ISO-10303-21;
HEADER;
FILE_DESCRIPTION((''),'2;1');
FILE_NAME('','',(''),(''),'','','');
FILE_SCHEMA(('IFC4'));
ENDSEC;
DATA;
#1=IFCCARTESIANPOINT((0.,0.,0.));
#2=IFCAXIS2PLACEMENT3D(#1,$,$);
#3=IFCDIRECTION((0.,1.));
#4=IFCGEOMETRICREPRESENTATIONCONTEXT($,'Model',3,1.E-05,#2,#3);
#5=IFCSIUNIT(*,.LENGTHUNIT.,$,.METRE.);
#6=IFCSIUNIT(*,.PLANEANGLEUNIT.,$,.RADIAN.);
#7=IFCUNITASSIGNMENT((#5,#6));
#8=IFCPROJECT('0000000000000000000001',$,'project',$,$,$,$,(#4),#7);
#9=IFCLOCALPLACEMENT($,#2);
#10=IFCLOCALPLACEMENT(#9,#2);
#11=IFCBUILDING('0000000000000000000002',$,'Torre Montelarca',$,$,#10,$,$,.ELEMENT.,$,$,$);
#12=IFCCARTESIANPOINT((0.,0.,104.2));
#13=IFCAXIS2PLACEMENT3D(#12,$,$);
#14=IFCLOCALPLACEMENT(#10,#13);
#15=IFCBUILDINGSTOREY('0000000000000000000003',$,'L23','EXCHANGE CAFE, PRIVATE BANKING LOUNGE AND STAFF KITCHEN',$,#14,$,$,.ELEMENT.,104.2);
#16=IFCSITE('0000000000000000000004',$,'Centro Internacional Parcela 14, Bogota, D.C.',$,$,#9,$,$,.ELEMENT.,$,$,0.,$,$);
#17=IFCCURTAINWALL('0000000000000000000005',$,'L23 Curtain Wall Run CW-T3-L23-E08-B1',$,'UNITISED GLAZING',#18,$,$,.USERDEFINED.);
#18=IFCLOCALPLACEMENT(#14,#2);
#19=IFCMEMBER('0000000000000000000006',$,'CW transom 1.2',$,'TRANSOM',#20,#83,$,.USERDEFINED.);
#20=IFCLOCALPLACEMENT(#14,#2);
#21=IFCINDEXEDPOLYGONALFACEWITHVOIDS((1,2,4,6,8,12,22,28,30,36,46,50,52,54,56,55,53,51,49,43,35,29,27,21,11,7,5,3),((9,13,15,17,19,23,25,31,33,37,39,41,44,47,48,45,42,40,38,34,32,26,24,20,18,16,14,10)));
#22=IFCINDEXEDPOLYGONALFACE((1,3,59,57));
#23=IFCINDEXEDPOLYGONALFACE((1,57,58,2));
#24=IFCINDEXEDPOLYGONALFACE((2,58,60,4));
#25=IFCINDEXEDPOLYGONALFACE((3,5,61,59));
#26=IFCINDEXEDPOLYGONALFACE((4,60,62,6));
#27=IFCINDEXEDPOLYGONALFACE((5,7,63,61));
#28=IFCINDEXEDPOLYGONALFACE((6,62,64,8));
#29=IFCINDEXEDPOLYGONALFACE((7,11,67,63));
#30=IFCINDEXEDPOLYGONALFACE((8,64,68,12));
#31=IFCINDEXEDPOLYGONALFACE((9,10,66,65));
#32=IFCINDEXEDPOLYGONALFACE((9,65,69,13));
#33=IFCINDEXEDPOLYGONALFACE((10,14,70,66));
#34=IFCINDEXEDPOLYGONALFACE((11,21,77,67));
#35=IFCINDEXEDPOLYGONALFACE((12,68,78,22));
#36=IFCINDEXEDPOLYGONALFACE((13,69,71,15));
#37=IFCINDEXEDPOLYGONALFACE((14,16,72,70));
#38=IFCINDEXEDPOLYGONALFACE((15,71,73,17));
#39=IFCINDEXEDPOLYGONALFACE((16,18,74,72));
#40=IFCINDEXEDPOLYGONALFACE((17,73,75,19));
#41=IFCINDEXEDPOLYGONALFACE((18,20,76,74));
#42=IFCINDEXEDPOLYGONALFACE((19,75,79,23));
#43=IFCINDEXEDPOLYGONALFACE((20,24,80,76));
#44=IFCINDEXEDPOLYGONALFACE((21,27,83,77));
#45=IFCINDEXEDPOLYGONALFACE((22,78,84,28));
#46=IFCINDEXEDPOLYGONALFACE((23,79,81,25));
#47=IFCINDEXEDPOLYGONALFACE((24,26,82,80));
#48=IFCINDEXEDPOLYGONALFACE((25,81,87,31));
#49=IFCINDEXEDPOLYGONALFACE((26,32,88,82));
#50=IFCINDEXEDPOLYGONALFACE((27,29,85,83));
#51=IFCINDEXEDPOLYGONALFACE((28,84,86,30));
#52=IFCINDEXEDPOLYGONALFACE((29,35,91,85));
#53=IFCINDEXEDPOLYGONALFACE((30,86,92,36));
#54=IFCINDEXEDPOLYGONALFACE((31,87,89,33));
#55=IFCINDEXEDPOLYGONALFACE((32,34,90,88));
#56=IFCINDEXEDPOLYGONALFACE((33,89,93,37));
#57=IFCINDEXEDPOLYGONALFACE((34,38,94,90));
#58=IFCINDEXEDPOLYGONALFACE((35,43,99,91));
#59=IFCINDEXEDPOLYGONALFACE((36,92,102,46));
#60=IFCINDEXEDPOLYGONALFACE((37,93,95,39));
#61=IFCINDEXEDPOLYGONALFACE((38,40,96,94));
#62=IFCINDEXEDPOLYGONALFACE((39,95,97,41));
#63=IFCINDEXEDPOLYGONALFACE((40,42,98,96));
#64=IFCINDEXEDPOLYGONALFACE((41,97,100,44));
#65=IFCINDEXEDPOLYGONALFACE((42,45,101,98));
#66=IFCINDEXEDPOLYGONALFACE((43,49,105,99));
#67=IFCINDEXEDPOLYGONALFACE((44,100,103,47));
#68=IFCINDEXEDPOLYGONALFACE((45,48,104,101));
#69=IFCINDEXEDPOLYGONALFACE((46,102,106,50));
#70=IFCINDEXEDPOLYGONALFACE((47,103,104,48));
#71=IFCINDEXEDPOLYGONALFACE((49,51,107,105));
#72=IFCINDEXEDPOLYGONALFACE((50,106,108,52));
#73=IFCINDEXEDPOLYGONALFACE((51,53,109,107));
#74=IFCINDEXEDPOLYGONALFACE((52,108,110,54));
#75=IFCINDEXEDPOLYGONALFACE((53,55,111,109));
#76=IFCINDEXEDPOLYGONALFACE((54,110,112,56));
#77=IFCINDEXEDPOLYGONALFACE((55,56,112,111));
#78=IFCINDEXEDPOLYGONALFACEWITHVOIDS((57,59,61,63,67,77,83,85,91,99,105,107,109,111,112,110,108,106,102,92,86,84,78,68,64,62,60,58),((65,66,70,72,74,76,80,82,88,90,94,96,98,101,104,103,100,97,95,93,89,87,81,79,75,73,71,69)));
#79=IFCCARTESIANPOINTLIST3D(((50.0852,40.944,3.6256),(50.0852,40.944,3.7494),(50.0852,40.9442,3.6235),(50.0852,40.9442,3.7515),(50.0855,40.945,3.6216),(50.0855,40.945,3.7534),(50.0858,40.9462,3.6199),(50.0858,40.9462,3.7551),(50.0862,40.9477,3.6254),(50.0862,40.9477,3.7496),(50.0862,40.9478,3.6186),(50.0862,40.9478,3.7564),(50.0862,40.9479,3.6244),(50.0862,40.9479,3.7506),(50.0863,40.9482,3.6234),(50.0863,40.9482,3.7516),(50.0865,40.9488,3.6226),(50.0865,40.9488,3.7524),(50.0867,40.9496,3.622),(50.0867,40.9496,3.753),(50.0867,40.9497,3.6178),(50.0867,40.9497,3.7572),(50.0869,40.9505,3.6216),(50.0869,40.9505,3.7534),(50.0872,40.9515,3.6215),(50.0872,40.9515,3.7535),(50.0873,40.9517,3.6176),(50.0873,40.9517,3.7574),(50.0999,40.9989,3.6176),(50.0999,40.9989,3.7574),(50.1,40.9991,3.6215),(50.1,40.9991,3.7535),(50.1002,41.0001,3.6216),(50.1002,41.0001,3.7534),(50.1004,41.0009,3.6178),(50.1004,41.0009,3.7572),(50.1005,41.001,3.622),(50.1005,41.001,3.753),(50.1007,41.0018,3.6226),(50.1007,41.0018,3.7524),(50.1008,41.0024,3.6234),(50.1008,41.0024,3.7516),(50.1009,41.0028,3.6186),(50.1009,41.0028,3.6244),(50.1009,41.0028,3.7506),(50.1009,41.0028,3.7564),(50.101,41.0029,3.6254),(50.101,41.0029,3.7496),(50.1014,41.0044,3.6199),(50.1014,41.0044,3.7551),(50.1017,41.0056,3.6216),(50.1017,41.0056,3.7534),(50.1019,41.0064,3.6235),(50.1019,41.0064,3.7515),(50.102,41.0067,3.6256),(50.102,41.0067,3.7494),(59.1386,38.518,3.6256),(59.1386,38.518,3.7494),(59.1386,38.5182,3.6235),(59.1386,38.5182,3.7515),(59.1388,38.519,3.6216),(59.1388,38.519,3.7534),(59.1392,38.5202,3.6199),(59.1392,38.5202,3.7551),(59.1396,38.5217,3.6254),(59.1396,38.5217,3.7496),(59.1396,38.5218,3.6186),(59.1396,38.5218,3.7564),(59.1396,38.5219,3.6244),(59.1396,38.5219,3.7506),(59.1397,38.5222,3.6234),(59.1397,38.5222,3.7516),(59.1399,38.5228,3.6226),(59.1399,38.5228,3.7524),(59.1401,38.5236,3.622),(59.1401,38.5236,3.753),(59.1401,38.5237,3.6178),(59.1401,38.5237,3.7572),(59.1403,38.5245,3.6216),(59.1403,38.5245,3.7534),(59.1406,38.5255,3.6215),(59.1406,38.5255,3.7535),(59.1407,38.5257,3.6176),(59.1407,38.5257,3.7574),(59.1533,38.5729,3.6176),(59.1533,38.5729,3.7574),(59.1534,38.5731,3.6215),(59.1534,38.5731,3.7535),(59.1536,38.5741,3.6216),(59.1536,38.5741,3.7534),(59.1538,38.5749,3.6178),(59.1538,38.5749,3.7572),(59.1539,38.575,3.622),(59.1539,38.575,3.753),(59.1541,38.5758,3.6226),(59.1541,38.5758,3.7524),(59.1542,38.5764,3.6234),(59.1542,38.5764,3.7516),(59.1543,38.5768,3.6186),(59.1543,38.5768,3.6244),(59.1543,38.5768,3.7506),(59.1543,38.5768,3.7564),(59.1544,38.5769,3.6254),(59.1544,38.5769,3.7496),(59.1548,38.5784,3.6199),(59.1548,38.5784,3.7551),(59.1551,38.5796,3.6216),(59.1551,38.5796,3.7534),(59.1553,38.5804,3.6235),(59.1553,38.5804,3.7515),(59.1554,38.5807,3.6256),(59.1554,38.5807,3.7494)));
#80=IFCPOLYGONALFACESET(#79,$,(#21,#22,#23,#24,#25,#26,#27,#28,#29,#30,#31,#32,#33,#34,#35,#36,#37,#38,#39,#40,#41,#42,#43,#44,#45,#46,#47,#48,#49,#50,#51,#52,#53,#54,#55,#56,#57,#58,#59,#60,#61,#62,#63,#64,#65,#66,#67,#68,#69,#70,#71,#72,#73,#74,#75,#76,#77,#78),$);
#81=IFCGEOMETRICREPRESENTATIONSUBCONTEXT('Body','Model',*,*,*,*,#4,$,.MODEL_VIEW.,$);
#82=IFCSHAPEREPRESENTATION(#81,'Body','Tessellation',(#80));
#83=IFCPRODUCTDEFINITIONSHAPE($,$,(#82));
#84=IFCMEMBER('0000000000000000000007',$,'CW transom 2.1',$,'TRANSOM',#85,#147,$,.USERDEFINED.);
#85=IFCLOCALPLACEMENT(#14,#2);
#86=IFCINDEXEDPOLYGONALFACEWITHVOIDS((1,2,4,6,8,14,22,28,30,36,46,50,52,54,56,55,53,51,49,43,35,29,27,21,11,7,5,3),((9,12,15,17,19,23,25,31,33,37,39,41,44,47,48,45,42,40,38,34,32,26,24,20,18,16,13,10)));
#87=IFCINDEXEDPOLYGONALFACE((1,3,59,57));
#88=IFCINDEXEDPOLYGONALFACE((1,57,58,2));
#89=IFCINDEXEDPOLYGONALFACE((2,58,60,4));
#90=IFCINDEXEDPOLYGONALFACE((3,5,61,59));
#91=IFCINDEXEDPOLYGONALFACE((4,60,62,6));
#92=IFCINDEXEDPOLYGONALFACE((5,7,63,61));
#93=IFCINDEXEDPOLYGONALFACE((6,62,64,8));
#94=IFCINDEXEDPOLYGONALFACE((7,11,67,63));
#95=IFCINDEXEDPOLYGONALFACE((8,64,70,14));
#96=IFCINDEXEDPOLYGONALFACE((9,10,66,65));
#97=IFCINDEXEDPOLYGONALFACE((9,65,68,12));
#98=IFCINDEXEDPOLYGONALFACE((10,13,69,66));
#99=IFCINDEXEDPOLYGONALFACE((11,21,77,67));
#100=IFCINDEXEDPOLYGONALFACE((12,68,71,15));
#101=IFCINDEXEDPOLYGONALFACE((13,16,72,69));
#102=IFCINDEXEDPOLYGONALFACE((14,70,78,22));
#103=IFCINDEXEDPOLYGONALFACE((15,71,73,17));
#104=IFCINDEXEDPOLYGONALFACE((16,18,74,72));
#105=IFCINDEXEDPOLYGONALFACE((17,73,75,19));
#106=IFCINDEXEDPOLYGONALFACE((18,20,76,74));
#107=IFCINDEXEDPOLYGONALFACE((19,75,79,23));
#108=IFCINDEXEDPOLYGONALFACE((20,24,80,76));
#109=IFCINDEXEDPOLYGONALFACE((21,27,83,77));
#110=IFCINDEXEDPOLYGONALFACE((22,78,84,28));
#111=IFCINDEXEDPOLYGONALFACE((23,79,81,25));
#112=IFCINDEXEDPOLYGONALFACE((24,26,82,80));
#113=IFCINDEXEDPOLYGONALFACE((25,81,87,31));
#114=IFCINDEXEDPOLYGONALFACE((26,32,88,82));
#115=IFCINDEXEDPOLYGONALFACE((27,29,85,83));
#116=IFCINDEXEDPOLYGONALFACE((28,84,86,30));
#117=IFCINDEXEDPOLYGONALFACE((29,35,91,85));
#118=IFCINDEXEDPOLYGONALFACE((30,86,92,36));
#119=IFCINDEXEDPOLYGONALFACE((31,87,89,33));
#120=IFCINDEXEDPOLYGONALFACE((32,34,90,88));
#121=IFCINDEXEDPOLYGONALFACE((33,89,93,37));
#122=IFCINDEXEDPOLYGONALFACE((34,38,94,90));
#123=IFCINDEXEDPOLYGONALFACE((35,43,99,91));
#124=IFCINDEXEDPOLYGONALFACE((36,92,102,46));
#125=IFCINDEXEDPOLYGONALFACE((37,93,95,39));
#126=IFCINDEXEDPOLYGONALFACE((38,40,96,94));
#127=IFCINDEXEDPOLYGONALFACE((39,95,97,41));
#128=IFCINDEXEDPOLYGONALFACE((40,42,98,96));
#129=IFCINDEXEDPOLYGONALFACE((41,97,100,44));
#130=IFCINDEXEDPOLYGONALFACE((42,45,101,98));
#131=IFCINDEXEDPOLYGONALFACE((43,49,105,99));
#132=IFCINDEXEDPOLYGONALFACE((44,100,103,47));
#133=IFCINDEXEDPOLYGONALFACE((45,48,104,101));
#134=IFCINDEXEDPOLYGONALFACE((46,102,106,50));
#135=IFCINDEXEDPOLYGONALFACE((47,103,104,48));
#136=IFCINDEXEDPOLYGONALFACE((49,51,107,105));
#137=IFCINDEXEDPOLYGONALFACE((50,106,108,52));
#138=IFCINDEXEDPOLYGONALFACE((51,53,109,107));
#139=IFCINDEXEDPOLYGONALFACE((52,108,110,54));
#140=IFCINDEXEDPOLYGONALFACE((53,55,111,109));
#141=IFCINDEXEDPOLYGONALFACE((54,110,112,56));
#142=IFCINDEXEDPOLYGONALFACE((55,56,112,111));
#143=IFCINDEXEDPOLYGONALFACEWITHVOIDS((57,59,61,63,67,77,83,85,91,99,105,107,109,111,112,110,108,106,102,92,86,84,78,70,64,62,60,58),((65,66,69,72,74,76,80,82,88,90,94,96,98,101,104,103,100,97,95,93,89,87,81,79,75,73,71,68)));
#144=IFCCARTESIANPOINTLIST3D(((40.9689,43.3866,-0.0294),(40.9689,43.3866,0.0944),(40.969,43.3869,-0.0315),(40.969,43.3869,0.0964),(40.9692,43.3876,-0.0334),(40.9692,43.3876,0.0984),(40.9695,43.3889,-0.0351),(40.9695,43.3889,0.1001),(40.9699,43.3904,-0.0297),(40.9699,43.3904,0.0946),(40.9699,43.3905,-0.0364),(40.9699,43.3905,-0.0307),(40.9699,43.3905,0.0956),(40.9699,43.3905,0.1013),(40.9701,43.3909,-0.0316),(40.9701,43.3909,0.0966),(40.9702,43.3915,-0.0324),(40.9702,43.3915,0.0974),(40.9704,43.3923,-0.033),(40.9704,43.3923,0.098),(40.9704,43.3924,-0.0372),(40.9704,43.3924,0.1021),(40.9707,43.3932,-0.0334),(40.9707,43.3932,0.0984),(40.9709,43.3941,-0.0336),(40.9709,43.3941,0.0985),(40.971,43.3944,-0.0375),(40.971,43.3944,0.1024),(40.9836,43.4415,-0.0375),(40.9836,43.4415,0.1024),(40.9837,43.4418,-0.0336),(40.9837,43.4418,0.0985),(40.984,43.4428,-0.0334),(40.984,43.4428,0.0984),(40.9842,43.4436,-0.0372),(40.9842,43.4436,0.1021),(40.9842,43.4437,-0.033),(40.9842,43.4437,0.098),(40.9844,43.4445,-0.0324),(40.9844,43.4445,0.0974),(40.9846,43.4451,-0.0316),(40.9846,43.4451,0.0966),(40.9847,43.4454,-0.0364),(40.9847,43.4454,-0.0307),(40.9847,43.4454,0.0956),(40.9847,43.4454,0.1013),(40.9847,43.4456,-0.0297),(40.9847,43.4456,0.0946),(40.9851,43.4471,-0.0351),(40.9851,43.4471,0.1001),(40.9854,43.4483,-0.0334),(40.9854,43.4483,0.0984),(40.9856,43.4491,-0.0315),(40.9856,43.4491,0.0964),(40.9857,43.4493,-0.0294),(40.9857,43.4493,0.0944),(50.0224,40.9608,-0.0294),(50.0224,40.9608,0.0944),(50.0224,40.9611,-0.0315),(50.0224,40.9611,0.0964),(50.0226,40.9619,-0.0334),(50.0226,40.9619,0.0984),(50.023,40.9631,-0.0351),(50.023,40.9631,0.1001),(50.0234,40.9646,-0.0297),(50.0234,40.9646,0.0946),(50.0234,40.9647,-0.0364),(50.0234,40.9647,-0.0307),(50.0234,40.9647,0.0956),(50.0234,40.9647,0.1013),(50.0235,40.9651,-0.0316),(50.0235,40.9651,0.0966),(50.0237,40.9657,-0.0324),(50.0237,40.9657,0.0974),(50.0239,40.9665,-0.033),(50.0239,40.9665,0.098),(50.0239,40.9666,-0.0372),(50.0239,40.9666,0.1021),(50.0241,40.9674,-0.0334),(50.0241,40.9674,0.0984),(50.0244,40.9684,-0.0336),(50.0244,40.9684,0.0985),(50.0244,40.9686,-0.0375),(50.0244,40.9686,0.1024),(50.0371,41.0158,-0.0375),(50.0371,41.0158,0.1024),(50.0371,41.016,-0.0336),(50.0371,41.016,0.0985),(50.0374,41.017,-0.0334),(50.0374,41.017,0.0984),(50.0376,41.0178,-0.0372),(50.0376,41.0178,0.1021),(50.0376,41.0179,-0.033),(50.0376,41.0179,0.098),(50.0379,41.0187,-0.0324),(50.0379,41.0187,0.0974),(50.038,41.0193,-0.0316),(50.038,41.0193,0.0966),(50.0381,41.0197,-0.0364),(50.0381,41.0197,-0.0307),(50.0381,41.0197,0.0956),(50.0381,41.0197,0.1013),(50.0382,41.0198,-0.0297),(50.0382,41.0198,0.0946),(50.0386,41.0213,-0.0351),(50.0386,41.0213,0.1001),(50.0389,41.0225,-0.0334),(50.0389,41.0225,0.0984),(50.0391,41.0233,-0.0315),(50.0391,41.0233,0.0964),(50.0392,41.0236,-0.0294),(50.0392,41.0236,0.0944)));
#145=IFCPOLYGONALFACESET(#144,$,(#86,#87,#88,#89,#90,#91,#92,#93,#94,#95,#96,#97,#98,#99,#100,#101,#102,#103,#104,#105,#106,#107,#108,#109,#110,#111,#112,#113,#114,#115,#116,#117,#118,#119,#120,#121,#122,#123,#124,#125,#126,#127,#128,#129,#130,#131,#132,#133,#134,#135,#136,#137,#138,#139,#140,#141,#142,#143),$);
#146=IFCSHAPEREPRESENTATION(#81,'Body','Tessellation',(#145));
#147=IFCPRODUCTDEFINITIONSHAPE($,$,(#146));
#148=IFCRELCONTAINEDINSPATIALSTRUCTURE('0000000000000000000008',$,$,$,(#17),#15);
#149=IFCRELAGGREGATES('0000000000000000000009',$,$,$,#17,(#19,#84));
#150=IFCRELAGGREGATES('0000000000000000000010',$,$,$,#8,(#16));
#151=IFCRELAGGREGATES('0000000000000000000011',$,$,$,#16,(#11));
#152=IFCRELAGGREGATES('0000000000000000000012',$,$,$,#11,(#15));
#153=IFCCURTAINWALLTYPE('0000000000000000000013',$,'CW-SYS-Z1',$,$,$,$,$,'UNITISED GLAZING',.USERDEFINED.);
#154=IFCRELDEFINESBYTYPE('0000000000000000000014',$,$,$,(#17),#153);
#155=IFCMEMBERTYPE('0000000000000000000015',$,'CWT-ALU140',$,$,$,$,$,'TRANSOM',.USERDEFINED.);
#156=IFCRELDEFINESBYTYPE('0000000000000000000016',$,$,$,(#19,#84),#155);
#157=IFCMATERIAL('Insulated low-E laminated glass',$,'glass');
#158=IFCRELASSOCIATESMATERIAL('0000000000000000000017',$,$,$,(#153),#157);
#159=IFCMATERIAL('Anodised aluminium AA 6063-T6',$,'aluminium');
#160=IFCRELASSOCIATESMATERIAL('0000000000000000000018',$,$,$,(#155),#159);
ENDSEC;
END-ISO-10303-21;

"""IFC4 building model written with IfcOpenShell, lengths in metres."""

from ifc_helpers import new_model, si_unit, direction, frame, origin, origin_2d, place, context, subcontext, project, spatial, hollow_rectangle, extrude, source, transform, mapped, material, material_profile, profile_set, type_object, element, aggregate, save


model = new_model("IFC4")

# Units and contexts
model_context = context("Model", 3, precision=1e-05, world=origin(), true_north=direction((0.0, 1.0)))
body_context = subcontext(model_context, "Body", "Model", "MODEL_VIEW")
ifc_project = project(units=[si_unit("LENGTHUNIT", "METRE"), si_unit("PLANEANGLEUNIT", "RADIAN")], contexts=[model_context])

# Site, building, storey
site_placement = place(None, origin())
site = spatial("IfcSite", under=ifc_project, at=site_placement, Name="Centro Internacional Parcela 14, Bogota, D.C.", CompositionType="ELEMENT", RefElevation=0.0)
building_placement = place(site_placement, origin())
building = spatial("IfcBuilding", under=site, at=building_placement, Name="Torre Montelarca", CompositionType="ELEMENT")
storey_placement = place(building_placement, frame((0.0, 0.0, 104.2)))
storey = spatial("IfcBuildingStorey", under=building, at=storey_placement, Name="L23", Description="EXCHANGE CAFE, PRIVATE BANKING LOUNGE AND STAFF KITCHEN", CompositionType="ELEMENT", Elevation=104.2)

# Curtain wall, members
ifc_material_1 = material(Name="Insulated low-E laminated glass", Category="glass")
curtain_wall_type = type_object("IfcCurtainWallType", Name="CW-SYS-Z1", ElementType="UNITISED GLAZING", PredefinedType="USERDEFINED", material=ifc_material_1)
ifc_material_2 = material(Name="Anodised aluminium AA 6063-T6", Category="aluminium")
ifc_material_profile_1 = material_profile(ifc_material_2, hollow_rectangle(XDim=0.0649, YDim=0.1399, WallThickness=0.0039, InnerFilletRadius=0.0039, OuterFilletRadius=0.0081, at=origin_2d()), Name="ALU65X140X4", Category="aluminium")
ifc_profile_set_1 = profile_set([ifc_material_profile_1], Name="Anodised aluminium AA 6063-T6")
member_type_1 = type_object("IfcMemberType", Name="CWT-ALU140", ElementType="TRANSOM", PredefinedType="USERDEFINED", material=ifc_profile_set_1)
curtain_wall_1_placement = place(storey_placement, origin())
curtain_wall_1 = element("IfcCurtainWall", 1, at=curtain_wall_1_placement, inside=storey, type_object=curtain_wall_type, Name="L23 Curtain Wall Run CW-T3-L23-E08-B1", ObjectType="UNITISED GLAZING", PredefinedType="USERDEFINED")
shared_shape_1 = source(origin(), body_context, "Body", "SweptSolid", [
    extrude(hollow_rectangle(XDim=0.0649, YDim=0.1399, WallThickness=0.0039, InnerFilletRadius=0.0039, OuterFilletRadius=0.0081, at=origin_2d()), origin(), (0.0, 0.0, 1.0), 9.3728),
])
member_1_placement = place(storey_placement, frame((59.147, 38.5493, 3.6875), z_axis=(-0.965922, 0.258835, 0.0), x_axis=(-0.258835, -0.965922, 0.0)))
member_1 = element("IfcMember", 2, at=member_1_placement, type_object=member_type_1, Name="CW transom 1.2", ObjectType="TRANSOM", PredefinedType="USERDEFINED", context=body_context, shape_type="MappedRepresentation", body=[
    mapped(shared_shape_1, transform((0.0, 0.0, 0.0), scale=1.0)),
])
member_2_placement = place(storey_placement, frame((50.0308, 40.9922, 0.0325), z_axis=(-0.965928, 0.25881, 0.0), x_axis=(-0.25881, -0.965928, 0.0)))
member_2 = element("IfcMember", 3, at=member_2_placement, type_object=member_type_1, Name="CW transom 2.1", ObjectType="TRANSOM", PredefinedType="USERDEFINED", context=body_context, shape_type="MappedRepresentation", body=[
    mapped(shared_shape_1, transform((0.0, 0.0, 0.0), scale=1.0)),
])

aggregate(curtain_wall_1, [member_1, member_2])

save(model, "model.ifc")
